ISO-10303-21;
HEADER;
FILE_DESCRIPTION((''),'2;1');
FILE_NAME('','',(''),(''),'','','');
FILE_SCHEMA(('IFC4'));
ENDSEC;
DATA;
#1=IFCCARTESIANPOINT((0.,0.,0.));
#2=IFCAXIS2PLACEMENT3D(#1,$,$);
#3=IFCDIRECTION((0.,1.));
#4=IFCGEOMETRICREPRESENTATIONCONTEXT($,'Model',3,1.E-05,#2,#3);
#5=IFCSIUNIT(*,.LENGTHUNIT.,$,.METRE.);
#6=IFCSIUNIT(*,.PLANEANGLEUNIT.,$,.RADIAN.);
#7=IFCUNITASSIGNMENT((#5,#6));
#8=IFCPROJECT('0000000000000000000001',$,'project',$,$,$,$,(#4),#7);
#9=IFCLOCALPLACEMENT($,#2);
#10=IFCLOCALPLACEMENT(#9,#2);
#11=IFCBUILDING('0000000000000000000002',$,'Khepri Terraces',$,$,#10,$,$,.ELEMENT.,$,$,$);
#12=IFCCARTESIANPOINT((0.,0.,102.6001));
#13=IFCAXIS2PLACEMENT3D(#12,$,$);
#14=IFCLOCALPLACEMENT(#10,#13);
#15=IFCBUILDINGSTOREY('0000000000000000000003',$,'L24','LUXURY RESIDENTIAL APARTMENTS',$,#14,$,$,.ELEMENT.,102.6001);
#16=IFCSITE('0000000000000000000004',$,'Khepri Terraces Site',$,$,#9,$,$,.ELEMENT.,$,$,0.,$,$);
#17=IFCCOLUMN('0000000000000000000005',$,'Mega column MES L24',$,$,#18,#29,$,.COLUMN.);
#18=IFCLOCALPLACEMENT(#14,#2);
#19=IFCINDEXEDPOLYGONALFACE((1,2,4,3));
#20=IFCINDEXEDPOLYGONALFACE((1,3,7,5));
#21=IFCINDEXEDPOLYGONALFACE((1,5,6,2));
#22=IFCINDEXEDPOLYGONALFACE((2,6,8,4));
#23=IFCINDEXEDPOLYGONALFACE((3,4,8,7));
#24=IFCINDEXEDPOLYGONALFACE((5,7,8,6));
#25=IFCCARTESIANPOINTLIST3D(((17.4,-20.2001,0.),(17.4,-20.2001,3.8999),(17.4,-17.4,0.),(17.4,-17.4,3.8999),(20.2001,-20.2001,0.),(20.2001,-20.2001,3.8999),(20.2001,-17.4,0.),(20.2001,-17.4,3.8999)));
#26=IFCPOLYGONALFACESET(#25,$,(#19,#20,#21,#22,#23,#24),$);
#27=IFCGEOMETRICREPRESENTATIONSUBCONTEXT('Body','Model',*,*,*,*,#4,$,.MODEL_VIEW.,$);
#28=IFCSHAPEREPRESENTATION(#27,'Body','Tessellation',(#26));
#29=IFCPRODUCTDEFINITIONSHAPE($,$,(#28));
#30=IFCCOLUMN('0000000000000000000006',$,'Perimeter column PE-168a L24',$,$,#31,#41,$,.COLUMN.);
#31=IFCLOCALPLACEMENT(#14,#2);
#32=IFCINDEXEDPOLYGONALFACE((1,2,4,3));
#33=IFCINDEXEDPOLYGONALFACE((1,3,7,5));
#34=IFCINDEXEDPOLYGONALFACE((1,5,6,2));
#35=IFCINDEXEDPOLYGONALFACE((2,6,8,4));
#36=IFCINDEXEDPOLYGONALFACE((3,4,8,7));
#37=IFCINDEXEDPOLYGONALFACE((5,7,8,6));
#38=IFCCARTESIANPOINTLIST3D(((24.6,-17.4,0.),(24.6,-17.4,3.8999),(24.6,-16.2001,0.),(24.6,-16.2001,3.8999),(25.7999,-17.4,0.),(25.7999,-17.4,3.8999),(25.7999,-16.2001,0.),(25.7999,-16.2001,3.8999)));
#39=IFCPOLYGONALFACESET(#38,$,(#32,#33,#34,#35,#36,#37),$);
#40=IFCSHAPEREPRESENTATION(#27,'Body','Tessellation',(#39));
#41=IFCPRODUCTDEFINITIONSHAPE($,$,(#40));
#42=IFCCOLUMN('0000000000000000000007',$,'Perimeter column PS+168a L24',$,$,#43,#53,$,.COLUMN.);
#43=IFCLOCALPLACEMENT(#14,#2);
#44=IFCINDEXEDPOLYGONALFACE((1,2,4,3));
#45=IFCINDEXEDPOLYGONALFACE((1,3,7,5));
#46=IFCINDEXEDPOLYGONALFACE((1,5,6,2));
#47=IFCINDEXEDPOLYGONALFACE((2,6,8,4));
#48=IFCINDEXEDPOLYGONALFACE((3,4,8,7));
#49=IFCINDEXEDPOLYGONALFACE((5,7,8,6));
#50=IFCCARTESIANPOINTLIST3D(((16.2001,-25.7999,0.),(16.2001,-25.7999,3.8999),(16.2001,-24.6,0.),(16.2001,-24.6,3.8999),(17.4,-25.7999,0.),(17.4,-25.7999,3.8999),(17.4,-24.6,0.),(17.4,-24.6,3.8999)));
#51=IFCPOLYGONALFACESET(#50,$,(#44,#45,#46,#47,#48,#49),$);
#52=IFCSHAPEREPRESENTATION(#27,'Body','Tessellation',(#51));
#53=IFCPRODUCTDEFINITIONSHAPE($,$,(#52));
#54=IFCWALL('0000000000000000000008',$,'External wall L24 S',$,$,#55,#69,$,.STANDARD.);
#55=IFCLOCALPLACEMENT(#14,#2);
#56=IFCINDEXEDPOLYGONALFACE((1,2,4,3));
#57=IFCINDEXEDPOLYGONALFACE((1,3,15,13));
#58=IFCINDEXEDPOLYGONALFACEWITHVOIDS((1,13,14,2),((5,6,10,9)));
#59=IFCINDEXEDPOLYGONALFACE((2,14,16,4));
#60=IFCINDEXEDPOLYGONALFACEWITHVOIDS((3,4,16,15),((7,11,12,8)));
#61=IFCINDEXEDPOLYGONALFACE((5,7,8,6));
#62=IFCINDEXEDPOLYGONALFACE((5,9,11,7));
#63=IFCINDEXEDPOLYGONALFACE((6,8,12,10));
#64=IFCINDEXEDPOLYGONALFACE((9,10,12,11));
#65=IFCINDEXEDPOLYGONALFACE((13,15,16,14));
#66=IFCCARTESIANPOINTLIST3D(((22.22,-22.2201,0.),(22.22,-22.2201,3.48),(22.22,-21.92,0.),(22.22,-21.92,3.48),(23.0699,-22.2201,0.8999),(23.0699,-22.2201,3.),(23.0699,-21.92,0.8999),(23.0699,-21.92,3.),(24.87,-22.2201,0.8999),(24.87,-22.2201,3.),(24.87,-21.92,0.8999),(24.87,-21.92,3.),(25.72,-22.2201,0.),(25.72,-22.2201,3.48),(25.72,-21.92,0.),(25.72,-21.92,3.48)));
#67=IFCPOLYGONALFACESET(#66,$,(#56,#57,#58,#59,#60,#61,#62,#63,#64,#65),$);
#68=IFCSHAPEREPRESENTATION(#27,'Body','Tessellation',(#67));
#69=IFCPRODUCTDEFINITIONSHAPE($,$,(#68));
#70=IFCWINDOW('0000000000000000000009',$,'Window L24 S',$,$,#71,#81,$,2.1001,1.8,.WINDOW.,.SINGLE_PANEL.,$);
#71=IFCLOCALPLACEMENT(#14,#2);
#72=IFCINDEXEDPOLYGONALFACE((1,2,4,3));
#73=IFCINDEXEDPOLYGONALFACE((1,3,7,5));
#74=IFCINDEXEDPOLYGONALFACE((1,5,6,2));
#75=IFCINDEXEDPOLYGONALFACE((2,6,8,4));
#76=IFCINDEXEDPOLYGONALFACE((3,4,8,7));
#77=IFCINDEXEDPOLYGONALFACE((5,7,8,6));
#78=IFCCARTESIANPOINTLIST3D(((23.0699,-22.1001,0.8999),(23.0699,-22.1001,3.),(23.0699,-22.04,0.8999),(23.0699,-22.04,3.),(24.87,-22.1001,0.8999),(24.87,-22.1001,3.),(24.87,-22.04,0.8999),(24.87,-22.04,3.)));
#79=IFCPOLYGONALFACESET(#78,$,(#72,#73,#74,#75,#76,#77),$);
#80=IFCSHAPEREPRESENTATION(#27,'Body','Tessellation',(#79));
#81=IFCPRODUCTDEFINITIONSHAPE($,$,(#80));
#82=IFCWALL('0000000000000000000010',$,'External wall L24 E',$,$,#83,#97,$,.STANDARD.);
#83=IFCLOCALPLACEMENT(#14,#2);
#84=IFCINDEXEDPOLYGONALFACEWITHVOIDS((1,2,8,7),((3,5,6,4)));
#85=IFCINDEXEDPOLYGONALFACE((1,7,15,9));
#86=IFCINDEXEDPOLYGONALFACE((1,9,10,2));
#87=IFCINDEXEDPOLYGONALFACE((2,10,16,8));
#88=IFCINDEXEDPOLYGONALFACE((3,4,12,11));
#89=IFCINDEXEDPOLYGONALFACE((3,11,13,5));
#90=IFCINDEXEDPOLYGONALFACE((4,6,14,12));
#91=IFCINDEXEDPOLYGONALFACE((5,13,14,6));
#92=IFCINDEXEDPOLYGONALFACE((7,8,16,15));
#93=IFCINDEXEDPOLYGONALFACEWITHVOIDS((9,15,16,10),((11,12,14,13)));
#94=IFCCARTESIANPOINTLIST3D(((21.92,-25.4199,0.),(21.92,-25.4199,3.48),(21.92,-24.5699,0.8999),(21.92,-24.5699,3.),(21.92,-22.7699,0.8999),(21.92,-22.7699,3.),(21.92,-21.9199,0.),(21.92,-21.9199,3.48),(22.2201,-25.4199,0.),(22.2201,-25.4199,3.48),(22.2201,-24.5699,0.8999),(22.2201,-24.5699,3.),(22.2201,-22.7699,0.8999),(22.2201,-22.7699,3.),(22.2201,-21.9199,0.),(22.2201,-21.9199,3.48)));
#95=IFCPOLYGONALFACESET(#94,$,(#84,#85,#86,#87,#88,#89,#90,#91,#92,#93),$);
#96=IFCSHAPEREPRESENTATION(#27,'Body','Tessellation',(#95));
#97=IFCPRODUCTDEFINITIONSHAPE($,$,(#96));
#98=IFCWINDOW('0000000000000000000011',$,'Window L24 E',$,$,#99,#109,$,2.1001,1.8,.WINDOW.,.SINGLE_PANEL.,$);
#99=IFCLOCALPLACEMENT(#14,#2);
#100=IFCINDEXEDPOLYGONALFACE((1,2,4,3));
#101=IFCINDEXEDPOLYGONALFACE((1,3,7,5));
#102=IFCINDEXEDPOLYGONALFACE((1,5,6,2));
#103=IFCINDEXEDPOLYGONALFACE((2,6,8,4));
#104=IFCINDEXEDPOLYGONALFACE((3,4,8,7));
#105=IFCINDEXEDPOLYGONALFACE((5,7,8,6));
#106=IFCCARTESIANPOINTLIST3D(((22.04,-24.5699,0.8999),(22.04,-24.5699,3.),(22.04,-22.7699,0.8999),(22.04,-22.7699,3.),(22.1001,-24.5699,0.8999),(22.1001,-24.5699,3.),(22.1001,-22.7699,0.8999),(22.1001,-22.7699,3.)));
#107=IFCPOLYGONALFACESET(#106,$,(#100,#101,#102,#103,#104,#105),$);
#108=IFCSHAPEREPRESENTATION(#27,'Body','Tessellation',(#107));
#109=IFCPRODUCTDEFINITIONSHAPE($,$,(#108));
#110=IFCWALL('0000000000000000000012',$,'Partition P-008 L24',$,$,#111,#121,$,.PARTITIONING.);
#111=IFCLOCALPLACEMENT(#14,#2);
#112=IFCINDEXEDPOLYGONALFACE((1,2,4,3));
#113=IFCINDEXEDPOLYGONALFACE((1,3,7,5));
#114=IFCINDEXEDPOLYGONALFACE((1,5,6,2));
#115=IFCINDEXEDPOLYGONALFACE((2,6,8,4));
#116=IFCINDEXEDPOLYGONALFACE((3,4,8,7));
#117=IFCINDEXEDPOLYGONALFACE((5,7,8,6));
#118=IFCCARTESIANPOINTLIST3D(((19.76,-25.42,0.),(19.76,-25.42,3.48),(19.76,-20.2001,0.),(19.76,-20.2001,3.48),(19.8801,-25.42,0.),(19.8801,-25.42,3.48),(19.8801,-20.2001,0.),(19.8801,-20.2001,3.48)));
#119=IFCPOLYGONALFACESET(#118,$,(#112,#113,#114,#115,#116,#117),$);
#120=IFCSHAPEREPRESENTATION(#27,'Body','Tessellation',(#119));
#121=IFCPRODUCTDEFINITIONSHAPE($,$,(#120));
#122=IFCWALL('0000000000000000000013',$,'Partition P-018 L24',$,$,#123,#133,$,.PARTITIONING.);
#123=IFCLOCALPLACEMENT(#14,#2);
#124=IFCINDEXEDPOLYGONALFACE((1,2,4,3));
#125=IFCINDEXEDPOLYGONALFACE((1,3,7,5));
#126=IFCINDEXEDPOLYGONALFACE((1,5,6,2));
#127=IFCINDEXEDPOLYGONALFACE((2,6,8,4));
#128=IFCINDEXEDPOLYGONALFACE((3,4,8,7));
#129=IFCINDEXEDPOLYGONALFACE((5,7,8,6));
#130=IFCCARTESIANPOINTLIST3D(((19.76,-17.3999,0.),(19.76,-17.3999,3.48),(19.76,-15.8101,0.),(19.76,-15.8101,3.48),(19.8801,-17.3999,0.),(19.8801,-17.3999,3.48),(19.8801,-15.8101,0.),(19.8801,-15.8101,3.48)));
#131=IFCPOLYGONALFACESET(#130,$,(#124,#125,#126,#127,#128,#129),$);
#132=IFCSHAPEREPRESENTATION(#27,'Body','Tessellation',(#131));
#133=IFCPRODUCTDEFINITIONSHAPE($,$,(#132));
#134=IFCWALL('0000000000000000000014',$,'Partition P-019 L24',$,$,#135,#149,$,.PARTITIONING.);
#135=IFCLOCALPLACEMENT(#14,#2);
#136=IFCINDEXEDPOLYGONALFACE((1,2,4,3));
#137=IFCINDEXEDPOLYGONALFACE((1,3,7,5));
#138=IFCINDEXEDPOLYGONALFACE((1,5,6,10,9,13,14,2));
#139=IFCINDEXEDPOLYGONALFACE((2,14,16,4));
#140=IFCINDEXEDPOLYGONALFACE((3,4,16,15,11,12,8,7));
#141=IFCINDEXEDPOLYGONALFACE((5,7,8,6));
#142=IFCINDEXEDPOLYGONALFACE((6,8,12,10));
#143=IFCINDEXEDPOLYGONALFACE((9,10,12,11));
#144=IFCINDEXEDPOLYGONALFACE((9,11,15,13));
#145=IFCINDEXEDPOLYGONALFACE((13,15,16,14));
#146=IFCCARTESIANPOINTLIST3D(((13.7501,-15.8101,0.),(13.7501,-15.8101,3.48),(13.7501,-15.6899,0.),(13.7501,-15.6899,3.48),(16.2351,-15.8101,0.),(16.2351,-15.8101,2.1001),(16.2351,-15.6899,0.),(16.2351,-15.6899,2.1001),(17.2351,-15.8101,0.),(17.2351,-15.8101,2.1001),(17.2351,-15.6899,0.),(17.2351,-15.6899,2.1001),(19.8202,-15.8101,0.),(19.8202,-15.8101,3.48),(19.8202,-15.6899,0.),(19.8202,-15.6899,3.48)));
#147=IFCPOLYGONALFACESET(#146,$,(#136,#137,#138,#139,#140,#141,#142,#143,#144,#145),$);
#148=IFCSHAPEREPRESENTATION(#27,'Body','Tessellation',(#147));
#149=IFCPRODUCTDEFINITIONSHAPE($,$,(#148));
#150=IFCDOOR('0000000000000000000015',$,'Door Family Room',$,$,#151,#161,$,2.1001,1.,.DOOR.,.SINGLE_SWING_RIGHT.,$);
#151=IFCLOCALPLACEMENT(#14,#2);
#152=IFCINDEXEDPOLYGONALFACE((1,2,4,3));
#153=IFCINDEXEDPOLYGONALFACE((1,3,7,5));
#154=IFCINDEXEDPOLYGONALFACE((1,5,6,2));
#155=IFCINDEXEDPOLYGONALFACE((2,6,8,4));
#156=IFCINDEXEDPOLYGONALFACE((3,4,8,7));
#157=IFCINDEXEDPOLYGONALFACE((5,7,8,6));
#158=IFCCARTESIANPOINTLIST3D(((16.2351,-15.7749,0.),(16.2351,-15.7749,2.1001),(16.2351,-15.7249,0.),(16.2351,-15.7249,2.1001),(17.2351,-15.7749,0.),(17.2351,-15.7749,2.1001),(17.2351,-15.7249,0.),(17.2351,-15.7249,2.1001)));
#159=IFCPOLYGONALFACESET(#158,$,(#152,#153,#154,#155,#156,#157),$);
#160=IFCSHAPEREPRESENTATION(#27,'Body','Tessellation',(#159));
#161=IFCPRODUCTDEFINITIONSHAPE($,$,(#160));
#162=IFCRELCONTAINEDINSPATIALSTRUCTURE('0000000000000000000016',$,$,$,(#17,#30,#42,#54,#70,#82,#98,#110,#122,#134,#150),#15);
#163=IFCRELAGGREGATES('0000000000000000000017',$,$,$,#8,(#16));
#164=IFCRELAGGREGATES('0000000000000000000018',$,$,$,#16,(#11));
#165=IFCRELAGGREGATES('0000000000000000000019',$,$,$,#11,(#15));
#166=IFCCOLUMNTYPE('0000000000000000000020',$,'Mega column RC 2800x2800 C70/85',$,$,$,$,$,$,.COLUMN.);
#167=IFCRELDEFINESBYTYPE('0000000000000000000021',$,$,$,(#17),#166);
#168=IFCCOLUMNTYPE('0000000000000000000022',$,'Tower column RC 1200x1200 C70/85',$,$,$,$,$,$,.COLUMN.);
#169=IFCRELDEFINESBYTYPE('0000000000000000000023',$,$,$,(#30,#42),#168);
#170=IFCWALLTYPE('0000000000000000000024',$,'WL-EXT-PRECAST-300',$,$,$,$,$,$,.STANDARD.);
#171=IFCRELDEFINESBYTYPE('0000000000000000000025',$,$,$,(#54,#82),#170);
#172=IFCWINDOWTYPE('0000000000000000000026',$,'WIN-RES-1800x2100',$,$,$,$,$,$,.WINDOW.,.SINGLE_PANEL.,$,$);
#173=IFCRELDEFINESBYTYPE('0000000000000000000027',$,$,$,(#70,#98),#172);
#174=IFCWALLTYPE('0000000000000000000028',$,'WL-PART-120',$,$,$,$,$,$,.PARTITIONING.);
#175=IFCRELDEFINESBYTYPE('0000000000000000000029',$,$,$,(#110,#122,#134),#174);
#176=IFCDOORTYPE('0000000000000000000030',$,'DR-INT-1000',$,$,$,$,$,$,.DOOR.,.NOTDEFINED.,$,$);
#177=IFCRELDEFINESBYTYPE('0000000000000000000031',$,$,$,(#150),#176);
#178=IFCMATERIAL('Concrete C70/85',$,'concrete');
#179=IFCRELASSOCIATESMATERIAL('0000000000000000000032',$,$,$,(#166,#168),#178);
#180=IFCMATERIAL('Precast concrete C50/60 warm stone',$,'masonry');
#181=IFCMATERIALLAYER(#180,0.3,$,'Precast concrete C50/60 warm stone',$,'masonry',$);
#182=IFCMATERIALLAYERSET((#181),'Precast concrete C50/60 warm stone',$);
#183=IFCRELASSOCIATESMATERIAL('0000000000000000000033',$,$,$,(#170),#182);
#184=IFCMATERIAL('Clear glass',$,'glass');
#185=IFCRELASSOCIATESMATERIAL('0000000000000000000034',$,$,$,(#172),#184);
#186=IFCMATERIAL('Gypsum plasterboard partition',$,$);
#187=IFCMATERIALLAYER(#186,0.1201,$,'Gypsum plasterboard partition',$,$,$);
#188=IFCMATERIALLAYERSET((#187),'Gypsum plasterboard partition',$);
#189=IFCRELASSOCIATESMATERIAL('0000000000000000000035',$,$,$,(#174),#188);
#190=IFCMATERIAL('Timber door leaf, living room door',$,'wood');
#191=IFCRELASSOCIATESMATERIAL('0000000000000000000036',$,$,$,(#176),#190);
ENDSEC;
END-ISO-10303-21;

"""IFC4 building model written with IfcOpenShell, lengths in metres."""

from ifc_helpers import new_model, si_unit, direction, frame, frame_2d, origin, origin_2d, place, context, subcontext, project, spatial, rectangle, extrude, material, layer, layer_set, material_profile, profile_set, type_object, element, fill, save


model = new_model("IFC4")

# Units and contexts
model_context = context("Model", 3, precision=1e-05, world=origin(), true_north=direction((0.0, 1.0)))
body_context = subcontext(model_context, "Body", "Model", "MODEL_VIEW")
ifc_project = project(units=[si_unit("LENGTHUNIT", "METRE"), si_unit("PLANEANGLEUNIT", "RADIAN")], contexts=[model_context])

# Site, building, storey
site_placement = place(None, origin())
site = spatial("IfcSite", under=ifc_project, at=site_placement, Name="Khepri Terraces Site", CompositionType="ELEMENT", RefElevation=0.0)
building_placement = place(site_placement, origin())
building = spatial("IfcBuilding", under=site, at=building_placement, Name="Khepri Terraces", CompositionType="ELEMENT")
storey_placement = place(building_placement, frame((0.0, 0.0, 102.6001)))
storey = spatial("IfcBuildingStorey", under=building, at=storey_placement, Name="L24", Description="LUXURY RESIDENTIAL APARTMENTS", CompositionType="ELEMENT", Elevation=102.6001)

# Columns
ifc_material_1 = material(Name="Concrete C70/85", Category="concrete")
ifc_material_profile_1 = material_profile(ifc_material_1, rectangle(XDim=2.8, YDim=2.8, at=origin_2d()), Name="Concrete C70/85", Category="concrete")
ifc_profile_set_1 = profile_set([ifc_material_profile_1], Name="Concrete C70/85")
column_type_1 = type_object("IfcColumnType", Name="Mega column RC 2800x2800 C70/85", PredefinedType="COLUMN", material=ifc_profile_set_1)
column_placement = place(storey_placement, frame((18.8, -18.8, 0.0), z_axis=(0.0, 0.0, 1.0), x_axis=(1.0, 0.0, 0.0)))
element("IfcColumn", 1, at=column_placement, inside=storey, type_object=column_type_1, Name="Mega column MES L24", PredefinedType="COLUMN", context=body_context, shape_type="SweptSolid", body=[
    extrude(rectangle(XDim=2.8, YDim=2.8, at=origin_2d()), origin(), (0.0, 0.0, 1.0), 3.8999),
])
ifc_material_profile_2 = material_profile(ifc_material_1, rectangle(XDim=1.2, YDim=1.2, at=origin_2d()), Name="Concrete C70/85", Category="concrete")
ifc_profile_set_2 = profile_set([ifc_material_profile_2], Name="Concrete C70/85")
column_type_2 = type_object("IfcColumnType", Name="Tower column RC 1200x1200 C70/85", PredefinedType="COLUMN", material=ifc_profile_set_2)
for number, where, z_axis, x_axis, name in (
    (2, (25.2, -16.8, 0.0), (0.0, 0.0, 1.0), (1.0, 0.0, 0.0), "Perimeter column PE-168a L24"),
    (3, (16.8, -25.2, 0.0), (0.0, 0.0, 1.0), (1.0, 0.0, 0.0), "Perimeter column PS+168a L24"),
):
    element("IfcColumn", number, at=place(storey_placement, frame(where, z_axis=z_axis, x_axis=x_axis)), inside=storey, type_object=column_type_2, Name=name, PredefinedType="COLUMN", context=body_context, shape_type="SweptSolid", body=[
        extrude(rectangle(XDim=1.2, YDim=1.2, at=origin_2d()), origin(), (0.0, 0.0, 1.0), 3.8999),
    ])

# Wall, opening, window
ifc_material_2 = material(Name="Precast concrete C50/60 warm stone", Category="masonry")
ifc_layer_1 = layer(ifc_material_2, 0.3, Name="Precast concrete C50/60 warm stone", Category="masonry")
ifc_layer_set_1 = layer_set([ifc_layer_1], Name="Precast concrete C50/60 warm stone")
wall_type_1 = type_object("IfcWallType", Name="WL-EXT-PRECAST-300", PredefinedType="STANDARD", material=ifc_layer_set_1)
wall_1_placement = place(storey_placement, frame((22.22, -22.0701, 0.0), z_axis=(0.0, 0.0, 1.0), x_axis=(1.0, 0.0, 0.0)))
wall_1 = element("IfcWall", 4, at=wall_1_placement, inside=storey, type_object=wall_type_1, Name="External wall L24 S", PredefinedType="STANDARD", context=body_context, shape_type="SweptSolid", body=[
    extrude(rectangle(XDim=3.5, YDim=0.3, at=frame_2d((1.75, 0.0))), origin(), (0.0, 0.0, 1.0), 3.48),
])
opening_1_placement = place(wall_1_placement, frame((0.8501, 0.0, 0.8999)))
opening_1 = element("IfcOpeningElement", 5, at=opening_1_placement, cuts=wall_1, PredefinedType="OPENING", context=body_context, shape_type="SweptSolid", body=[
    extrude(rectangle(XDim=1.8, YDim=2.1001, at=frame_2d((0.8999, 1.05))), frame((0.0, 0.1602, 0.0), z_axis=(0.0, -1.0, 0.0), x_axis=(1.0, 0.0, 0.0)), (0.0, 0.0, 1.0), 0.3201),
])
ifc_material_3 = material(Name="Clear glass", Category="glass")
window_type = type_object("IfcWindowType", Name="WIN-RES-1800x2100", PartitioningType="SINGLE_PANEL", PredefinedType="WINDOW", material=ifc_material_3)
window_1_placement = place(opening_1_placement, origin())
window_1 = element("IfcWindow", 6, at=window_1_placement, inside=storey, type_object=window_type, Name="Window L24 S", OverallHeight=2.1001, OverallWidth=1.8, PartitioningType="SINGLE_PANEL", PredefinedType="WINDOW", context=body_context, shape_type="SweptSolid", body=[
    extrude(rectangle(XDim=1.8, YDim=2.1001, at=frame_2d((0.8999, 1.05))), frame((0.0, 0.03, 0.0), z_axis=(0.0, -1.0, 0.0), x_axis=(1.0, 0.0, 0.0)), (0.0, 0.0, 1.0), 0.0601),
])
fill(opening_1, window_1)

# Wall, opening, window
wall_2_placement = place(storey_placement, frame((22.0701, -25.4199, 0.0), z_axis=(0.0, 0.0, 1.0), x_axis=(0.0, 1.0, 0.0)))
wall_2 = element("IfcWall", 7, at=wall_2_placement, inside=storey, type_object=wall_type_1, Name="External wall L24 E", PredefinedType="STANDARD", context=body_context, shape_type="SweptSolid", body=[
    extrude(rectangle(XDim=3.5, YDim=0.3, at=frame_2d((1.75, 0.0))), origin(), (0.0, 0.0, 1.0), 3.48),
])
opening_2_placement = place(wall_2_placement, frame((0.8501, 0.0, 0.8999)))
opening_2 = element("IfcOpeningElement", 8, at=opening_2_placement, cuts=wall_2, PredefinedType="OPENING", context=body_context, shape_type="SweptSolid", body=[
    extrude(rectangle(XDim=1.8, YDim=2.1001, at=frame_2d((0.8999, 1.05))), frame((0.0, 0.1602, 0.0), z_axis=(0.0, -1.0, 0.0), x_axis=(1.0, 0.0, 0.0)), (0.0, 0.0, 1.0), 0.3201),
])
window_2_placement = place(opening_2_placement, origin())
window_2 = element("IfcWindow", 9, at=window_2_placement, inside=storey, type_object=window_type, Name="Window L24 E", OverallHeight=2.1001, OverallWidth=1.8, PartitioningType="SINGLE_PANEL", PredefinedType="WINDOW", context=body_context, shape_type="SweptSolid", body=[
    extrude(rectangle(XDim=1.8, YDim=2.1001, at=frame_2d((0.8999, 1.05))), frame((0.0, 0.03, 0.0), z_axis=(0.0, -1.0, 0.0), x_axis=(1.0, 0.0, 0.0)), (0.0, 0.0, 1.0), 0.0601),
])
fill(opening_2, window_2)

# Walls
ifc_material_4 = material(Name="Gypsum plasterboard partition")
ifc_layer_2 = layer(ifc_material_4, 0.1201, Name="Gypsum plasterboard partition")
ifc_layer_set_2 = layer_set([ifc_layer_2], Name="Gypsum plasterboard partition")
wall_type_2 = type_object("IfcWallType", Name="WL-PART-120", PredefinedType="PARTITIONING", material=ifc_layer_set_2)
wall_3_placement = place(storey_placement, frame((19.8201, -25.4199, 0.0), z_axis=(0.0, 0.0, 1.0), x_axis=(0.0, 1.0, 0.0)))
element("IfcWall", 10, at=wall_3_placement, inside=storey, type_object=wall_type_2, Name="Partition P-008 L24", PredefinedType="PARTITIONING", context=body_context, shape_type="SweptSolid", body=[
    extrude(rectangle(XDim=5.22, YDim=0.1201, at=frame_2d((2.6099, 0.0))), origin(), (0.0, 0.0, 1.0), 3.48),
])
wall_4_placement = place(storey_placement, frame((19.8201, -17.3999, 0.0), z_axis=(0.0, 0.0, 1.0), x_axis=(0.0, 1.0, 0.0)))
element("IfcWall", 11, at=wall_4_placement, inside=storey, type_object=wall_type_2, Name="Partition P-018 L24", PredefinedType="PARTITIONING", context=body_context, shape_type="SweptSolid", body=[
    extrude(rectangle(XDim=1.5898, YDim=0.1201, at=frame_2d((0.7949, 0.0))), origin(), (0.0, 0.0, 1.0), 3.48),
])

# Wall, opening, door
wall_5_placement = place(storey_placement, frame((13.75, -15.75, 0.0), z_axis=(0.0, 0.0, 1.0), x_axis=(1.0, 0.0, 0.0)))
wall_5 = element("IfcWall", 12, at=wall_5_placement, inside=storey, type_object=wall_type_2, Name="Partition P-019 L24", PredefinedType="PARTITIONING", context=body_context, shape_type="SweptSolid", body=[
    extrude(rectangle(XDim=6.0701, YDim=0.1201, at=frame_2d((3.0352, 0.0))), origin(), (0.0, 0.0, 1.0), 3.48),
])
opening_3_placement = place(wall_5_placement, frame((2.4851, 0.0, 0.0)))
opening_3 = element("IfcOpeningElement", 13, at=opening_3_placement, cuts=wall_5, PredefinedType="OPENING", context=body_context, shape_type="SweptSolid", body=[
    extrude(rectangle(XDim=1.0, YDim=2.1001, at=frame_2d((0.5, 1.05))), frame((0.0, 0.0701, 0.0), z_axis=(0.0, -1.0, 0.0), x_axis=(1.0, 0.0, 0.0)), (0.0, 0.0, 1.0), 0.1401),
])
ifc_material_5 = material(Name="Timber door leaf, living room door", Category="wood")
door_type_1 = type_object("IfcDoorType", Name="DR-INT-1000", OperationType="NOTDEFINED", PredefinedType="DOOR", material=ifc_material_5)
door_1_placement = place(opening_3_placement, frame((1.0, 0.0, 0.0), z_axis=(0.0, 0.0, 1.0), x_axis=(-1.0, 0.0, 0.0)))
door_1 = element("IfcDoor", 14, at=door_1_placement, inside=storey, type_object=door_type_1, Name="Door Family Room", OperationType="SINGLE_SWING_RIGHT", OverallHeight=2.1001, OverallWidth=1.0, PredefinedType="DOOR", context=body_context, shape_type="SweptSolid", body=[
    extrude(rectangle(XDim=1.0, YDim=2.1001, at=frame_2d((0.5, 1.05))), frame((0.0, 0.0249, 0.0), z_axis=(0.0, -1.0, 0.0), x_axis=(1.0, 0.0, 0.0)), (0.0, 0.0, 1.0), 0.05),
])
fill(opening_3, door_1)

save(model, "model.ifc")
